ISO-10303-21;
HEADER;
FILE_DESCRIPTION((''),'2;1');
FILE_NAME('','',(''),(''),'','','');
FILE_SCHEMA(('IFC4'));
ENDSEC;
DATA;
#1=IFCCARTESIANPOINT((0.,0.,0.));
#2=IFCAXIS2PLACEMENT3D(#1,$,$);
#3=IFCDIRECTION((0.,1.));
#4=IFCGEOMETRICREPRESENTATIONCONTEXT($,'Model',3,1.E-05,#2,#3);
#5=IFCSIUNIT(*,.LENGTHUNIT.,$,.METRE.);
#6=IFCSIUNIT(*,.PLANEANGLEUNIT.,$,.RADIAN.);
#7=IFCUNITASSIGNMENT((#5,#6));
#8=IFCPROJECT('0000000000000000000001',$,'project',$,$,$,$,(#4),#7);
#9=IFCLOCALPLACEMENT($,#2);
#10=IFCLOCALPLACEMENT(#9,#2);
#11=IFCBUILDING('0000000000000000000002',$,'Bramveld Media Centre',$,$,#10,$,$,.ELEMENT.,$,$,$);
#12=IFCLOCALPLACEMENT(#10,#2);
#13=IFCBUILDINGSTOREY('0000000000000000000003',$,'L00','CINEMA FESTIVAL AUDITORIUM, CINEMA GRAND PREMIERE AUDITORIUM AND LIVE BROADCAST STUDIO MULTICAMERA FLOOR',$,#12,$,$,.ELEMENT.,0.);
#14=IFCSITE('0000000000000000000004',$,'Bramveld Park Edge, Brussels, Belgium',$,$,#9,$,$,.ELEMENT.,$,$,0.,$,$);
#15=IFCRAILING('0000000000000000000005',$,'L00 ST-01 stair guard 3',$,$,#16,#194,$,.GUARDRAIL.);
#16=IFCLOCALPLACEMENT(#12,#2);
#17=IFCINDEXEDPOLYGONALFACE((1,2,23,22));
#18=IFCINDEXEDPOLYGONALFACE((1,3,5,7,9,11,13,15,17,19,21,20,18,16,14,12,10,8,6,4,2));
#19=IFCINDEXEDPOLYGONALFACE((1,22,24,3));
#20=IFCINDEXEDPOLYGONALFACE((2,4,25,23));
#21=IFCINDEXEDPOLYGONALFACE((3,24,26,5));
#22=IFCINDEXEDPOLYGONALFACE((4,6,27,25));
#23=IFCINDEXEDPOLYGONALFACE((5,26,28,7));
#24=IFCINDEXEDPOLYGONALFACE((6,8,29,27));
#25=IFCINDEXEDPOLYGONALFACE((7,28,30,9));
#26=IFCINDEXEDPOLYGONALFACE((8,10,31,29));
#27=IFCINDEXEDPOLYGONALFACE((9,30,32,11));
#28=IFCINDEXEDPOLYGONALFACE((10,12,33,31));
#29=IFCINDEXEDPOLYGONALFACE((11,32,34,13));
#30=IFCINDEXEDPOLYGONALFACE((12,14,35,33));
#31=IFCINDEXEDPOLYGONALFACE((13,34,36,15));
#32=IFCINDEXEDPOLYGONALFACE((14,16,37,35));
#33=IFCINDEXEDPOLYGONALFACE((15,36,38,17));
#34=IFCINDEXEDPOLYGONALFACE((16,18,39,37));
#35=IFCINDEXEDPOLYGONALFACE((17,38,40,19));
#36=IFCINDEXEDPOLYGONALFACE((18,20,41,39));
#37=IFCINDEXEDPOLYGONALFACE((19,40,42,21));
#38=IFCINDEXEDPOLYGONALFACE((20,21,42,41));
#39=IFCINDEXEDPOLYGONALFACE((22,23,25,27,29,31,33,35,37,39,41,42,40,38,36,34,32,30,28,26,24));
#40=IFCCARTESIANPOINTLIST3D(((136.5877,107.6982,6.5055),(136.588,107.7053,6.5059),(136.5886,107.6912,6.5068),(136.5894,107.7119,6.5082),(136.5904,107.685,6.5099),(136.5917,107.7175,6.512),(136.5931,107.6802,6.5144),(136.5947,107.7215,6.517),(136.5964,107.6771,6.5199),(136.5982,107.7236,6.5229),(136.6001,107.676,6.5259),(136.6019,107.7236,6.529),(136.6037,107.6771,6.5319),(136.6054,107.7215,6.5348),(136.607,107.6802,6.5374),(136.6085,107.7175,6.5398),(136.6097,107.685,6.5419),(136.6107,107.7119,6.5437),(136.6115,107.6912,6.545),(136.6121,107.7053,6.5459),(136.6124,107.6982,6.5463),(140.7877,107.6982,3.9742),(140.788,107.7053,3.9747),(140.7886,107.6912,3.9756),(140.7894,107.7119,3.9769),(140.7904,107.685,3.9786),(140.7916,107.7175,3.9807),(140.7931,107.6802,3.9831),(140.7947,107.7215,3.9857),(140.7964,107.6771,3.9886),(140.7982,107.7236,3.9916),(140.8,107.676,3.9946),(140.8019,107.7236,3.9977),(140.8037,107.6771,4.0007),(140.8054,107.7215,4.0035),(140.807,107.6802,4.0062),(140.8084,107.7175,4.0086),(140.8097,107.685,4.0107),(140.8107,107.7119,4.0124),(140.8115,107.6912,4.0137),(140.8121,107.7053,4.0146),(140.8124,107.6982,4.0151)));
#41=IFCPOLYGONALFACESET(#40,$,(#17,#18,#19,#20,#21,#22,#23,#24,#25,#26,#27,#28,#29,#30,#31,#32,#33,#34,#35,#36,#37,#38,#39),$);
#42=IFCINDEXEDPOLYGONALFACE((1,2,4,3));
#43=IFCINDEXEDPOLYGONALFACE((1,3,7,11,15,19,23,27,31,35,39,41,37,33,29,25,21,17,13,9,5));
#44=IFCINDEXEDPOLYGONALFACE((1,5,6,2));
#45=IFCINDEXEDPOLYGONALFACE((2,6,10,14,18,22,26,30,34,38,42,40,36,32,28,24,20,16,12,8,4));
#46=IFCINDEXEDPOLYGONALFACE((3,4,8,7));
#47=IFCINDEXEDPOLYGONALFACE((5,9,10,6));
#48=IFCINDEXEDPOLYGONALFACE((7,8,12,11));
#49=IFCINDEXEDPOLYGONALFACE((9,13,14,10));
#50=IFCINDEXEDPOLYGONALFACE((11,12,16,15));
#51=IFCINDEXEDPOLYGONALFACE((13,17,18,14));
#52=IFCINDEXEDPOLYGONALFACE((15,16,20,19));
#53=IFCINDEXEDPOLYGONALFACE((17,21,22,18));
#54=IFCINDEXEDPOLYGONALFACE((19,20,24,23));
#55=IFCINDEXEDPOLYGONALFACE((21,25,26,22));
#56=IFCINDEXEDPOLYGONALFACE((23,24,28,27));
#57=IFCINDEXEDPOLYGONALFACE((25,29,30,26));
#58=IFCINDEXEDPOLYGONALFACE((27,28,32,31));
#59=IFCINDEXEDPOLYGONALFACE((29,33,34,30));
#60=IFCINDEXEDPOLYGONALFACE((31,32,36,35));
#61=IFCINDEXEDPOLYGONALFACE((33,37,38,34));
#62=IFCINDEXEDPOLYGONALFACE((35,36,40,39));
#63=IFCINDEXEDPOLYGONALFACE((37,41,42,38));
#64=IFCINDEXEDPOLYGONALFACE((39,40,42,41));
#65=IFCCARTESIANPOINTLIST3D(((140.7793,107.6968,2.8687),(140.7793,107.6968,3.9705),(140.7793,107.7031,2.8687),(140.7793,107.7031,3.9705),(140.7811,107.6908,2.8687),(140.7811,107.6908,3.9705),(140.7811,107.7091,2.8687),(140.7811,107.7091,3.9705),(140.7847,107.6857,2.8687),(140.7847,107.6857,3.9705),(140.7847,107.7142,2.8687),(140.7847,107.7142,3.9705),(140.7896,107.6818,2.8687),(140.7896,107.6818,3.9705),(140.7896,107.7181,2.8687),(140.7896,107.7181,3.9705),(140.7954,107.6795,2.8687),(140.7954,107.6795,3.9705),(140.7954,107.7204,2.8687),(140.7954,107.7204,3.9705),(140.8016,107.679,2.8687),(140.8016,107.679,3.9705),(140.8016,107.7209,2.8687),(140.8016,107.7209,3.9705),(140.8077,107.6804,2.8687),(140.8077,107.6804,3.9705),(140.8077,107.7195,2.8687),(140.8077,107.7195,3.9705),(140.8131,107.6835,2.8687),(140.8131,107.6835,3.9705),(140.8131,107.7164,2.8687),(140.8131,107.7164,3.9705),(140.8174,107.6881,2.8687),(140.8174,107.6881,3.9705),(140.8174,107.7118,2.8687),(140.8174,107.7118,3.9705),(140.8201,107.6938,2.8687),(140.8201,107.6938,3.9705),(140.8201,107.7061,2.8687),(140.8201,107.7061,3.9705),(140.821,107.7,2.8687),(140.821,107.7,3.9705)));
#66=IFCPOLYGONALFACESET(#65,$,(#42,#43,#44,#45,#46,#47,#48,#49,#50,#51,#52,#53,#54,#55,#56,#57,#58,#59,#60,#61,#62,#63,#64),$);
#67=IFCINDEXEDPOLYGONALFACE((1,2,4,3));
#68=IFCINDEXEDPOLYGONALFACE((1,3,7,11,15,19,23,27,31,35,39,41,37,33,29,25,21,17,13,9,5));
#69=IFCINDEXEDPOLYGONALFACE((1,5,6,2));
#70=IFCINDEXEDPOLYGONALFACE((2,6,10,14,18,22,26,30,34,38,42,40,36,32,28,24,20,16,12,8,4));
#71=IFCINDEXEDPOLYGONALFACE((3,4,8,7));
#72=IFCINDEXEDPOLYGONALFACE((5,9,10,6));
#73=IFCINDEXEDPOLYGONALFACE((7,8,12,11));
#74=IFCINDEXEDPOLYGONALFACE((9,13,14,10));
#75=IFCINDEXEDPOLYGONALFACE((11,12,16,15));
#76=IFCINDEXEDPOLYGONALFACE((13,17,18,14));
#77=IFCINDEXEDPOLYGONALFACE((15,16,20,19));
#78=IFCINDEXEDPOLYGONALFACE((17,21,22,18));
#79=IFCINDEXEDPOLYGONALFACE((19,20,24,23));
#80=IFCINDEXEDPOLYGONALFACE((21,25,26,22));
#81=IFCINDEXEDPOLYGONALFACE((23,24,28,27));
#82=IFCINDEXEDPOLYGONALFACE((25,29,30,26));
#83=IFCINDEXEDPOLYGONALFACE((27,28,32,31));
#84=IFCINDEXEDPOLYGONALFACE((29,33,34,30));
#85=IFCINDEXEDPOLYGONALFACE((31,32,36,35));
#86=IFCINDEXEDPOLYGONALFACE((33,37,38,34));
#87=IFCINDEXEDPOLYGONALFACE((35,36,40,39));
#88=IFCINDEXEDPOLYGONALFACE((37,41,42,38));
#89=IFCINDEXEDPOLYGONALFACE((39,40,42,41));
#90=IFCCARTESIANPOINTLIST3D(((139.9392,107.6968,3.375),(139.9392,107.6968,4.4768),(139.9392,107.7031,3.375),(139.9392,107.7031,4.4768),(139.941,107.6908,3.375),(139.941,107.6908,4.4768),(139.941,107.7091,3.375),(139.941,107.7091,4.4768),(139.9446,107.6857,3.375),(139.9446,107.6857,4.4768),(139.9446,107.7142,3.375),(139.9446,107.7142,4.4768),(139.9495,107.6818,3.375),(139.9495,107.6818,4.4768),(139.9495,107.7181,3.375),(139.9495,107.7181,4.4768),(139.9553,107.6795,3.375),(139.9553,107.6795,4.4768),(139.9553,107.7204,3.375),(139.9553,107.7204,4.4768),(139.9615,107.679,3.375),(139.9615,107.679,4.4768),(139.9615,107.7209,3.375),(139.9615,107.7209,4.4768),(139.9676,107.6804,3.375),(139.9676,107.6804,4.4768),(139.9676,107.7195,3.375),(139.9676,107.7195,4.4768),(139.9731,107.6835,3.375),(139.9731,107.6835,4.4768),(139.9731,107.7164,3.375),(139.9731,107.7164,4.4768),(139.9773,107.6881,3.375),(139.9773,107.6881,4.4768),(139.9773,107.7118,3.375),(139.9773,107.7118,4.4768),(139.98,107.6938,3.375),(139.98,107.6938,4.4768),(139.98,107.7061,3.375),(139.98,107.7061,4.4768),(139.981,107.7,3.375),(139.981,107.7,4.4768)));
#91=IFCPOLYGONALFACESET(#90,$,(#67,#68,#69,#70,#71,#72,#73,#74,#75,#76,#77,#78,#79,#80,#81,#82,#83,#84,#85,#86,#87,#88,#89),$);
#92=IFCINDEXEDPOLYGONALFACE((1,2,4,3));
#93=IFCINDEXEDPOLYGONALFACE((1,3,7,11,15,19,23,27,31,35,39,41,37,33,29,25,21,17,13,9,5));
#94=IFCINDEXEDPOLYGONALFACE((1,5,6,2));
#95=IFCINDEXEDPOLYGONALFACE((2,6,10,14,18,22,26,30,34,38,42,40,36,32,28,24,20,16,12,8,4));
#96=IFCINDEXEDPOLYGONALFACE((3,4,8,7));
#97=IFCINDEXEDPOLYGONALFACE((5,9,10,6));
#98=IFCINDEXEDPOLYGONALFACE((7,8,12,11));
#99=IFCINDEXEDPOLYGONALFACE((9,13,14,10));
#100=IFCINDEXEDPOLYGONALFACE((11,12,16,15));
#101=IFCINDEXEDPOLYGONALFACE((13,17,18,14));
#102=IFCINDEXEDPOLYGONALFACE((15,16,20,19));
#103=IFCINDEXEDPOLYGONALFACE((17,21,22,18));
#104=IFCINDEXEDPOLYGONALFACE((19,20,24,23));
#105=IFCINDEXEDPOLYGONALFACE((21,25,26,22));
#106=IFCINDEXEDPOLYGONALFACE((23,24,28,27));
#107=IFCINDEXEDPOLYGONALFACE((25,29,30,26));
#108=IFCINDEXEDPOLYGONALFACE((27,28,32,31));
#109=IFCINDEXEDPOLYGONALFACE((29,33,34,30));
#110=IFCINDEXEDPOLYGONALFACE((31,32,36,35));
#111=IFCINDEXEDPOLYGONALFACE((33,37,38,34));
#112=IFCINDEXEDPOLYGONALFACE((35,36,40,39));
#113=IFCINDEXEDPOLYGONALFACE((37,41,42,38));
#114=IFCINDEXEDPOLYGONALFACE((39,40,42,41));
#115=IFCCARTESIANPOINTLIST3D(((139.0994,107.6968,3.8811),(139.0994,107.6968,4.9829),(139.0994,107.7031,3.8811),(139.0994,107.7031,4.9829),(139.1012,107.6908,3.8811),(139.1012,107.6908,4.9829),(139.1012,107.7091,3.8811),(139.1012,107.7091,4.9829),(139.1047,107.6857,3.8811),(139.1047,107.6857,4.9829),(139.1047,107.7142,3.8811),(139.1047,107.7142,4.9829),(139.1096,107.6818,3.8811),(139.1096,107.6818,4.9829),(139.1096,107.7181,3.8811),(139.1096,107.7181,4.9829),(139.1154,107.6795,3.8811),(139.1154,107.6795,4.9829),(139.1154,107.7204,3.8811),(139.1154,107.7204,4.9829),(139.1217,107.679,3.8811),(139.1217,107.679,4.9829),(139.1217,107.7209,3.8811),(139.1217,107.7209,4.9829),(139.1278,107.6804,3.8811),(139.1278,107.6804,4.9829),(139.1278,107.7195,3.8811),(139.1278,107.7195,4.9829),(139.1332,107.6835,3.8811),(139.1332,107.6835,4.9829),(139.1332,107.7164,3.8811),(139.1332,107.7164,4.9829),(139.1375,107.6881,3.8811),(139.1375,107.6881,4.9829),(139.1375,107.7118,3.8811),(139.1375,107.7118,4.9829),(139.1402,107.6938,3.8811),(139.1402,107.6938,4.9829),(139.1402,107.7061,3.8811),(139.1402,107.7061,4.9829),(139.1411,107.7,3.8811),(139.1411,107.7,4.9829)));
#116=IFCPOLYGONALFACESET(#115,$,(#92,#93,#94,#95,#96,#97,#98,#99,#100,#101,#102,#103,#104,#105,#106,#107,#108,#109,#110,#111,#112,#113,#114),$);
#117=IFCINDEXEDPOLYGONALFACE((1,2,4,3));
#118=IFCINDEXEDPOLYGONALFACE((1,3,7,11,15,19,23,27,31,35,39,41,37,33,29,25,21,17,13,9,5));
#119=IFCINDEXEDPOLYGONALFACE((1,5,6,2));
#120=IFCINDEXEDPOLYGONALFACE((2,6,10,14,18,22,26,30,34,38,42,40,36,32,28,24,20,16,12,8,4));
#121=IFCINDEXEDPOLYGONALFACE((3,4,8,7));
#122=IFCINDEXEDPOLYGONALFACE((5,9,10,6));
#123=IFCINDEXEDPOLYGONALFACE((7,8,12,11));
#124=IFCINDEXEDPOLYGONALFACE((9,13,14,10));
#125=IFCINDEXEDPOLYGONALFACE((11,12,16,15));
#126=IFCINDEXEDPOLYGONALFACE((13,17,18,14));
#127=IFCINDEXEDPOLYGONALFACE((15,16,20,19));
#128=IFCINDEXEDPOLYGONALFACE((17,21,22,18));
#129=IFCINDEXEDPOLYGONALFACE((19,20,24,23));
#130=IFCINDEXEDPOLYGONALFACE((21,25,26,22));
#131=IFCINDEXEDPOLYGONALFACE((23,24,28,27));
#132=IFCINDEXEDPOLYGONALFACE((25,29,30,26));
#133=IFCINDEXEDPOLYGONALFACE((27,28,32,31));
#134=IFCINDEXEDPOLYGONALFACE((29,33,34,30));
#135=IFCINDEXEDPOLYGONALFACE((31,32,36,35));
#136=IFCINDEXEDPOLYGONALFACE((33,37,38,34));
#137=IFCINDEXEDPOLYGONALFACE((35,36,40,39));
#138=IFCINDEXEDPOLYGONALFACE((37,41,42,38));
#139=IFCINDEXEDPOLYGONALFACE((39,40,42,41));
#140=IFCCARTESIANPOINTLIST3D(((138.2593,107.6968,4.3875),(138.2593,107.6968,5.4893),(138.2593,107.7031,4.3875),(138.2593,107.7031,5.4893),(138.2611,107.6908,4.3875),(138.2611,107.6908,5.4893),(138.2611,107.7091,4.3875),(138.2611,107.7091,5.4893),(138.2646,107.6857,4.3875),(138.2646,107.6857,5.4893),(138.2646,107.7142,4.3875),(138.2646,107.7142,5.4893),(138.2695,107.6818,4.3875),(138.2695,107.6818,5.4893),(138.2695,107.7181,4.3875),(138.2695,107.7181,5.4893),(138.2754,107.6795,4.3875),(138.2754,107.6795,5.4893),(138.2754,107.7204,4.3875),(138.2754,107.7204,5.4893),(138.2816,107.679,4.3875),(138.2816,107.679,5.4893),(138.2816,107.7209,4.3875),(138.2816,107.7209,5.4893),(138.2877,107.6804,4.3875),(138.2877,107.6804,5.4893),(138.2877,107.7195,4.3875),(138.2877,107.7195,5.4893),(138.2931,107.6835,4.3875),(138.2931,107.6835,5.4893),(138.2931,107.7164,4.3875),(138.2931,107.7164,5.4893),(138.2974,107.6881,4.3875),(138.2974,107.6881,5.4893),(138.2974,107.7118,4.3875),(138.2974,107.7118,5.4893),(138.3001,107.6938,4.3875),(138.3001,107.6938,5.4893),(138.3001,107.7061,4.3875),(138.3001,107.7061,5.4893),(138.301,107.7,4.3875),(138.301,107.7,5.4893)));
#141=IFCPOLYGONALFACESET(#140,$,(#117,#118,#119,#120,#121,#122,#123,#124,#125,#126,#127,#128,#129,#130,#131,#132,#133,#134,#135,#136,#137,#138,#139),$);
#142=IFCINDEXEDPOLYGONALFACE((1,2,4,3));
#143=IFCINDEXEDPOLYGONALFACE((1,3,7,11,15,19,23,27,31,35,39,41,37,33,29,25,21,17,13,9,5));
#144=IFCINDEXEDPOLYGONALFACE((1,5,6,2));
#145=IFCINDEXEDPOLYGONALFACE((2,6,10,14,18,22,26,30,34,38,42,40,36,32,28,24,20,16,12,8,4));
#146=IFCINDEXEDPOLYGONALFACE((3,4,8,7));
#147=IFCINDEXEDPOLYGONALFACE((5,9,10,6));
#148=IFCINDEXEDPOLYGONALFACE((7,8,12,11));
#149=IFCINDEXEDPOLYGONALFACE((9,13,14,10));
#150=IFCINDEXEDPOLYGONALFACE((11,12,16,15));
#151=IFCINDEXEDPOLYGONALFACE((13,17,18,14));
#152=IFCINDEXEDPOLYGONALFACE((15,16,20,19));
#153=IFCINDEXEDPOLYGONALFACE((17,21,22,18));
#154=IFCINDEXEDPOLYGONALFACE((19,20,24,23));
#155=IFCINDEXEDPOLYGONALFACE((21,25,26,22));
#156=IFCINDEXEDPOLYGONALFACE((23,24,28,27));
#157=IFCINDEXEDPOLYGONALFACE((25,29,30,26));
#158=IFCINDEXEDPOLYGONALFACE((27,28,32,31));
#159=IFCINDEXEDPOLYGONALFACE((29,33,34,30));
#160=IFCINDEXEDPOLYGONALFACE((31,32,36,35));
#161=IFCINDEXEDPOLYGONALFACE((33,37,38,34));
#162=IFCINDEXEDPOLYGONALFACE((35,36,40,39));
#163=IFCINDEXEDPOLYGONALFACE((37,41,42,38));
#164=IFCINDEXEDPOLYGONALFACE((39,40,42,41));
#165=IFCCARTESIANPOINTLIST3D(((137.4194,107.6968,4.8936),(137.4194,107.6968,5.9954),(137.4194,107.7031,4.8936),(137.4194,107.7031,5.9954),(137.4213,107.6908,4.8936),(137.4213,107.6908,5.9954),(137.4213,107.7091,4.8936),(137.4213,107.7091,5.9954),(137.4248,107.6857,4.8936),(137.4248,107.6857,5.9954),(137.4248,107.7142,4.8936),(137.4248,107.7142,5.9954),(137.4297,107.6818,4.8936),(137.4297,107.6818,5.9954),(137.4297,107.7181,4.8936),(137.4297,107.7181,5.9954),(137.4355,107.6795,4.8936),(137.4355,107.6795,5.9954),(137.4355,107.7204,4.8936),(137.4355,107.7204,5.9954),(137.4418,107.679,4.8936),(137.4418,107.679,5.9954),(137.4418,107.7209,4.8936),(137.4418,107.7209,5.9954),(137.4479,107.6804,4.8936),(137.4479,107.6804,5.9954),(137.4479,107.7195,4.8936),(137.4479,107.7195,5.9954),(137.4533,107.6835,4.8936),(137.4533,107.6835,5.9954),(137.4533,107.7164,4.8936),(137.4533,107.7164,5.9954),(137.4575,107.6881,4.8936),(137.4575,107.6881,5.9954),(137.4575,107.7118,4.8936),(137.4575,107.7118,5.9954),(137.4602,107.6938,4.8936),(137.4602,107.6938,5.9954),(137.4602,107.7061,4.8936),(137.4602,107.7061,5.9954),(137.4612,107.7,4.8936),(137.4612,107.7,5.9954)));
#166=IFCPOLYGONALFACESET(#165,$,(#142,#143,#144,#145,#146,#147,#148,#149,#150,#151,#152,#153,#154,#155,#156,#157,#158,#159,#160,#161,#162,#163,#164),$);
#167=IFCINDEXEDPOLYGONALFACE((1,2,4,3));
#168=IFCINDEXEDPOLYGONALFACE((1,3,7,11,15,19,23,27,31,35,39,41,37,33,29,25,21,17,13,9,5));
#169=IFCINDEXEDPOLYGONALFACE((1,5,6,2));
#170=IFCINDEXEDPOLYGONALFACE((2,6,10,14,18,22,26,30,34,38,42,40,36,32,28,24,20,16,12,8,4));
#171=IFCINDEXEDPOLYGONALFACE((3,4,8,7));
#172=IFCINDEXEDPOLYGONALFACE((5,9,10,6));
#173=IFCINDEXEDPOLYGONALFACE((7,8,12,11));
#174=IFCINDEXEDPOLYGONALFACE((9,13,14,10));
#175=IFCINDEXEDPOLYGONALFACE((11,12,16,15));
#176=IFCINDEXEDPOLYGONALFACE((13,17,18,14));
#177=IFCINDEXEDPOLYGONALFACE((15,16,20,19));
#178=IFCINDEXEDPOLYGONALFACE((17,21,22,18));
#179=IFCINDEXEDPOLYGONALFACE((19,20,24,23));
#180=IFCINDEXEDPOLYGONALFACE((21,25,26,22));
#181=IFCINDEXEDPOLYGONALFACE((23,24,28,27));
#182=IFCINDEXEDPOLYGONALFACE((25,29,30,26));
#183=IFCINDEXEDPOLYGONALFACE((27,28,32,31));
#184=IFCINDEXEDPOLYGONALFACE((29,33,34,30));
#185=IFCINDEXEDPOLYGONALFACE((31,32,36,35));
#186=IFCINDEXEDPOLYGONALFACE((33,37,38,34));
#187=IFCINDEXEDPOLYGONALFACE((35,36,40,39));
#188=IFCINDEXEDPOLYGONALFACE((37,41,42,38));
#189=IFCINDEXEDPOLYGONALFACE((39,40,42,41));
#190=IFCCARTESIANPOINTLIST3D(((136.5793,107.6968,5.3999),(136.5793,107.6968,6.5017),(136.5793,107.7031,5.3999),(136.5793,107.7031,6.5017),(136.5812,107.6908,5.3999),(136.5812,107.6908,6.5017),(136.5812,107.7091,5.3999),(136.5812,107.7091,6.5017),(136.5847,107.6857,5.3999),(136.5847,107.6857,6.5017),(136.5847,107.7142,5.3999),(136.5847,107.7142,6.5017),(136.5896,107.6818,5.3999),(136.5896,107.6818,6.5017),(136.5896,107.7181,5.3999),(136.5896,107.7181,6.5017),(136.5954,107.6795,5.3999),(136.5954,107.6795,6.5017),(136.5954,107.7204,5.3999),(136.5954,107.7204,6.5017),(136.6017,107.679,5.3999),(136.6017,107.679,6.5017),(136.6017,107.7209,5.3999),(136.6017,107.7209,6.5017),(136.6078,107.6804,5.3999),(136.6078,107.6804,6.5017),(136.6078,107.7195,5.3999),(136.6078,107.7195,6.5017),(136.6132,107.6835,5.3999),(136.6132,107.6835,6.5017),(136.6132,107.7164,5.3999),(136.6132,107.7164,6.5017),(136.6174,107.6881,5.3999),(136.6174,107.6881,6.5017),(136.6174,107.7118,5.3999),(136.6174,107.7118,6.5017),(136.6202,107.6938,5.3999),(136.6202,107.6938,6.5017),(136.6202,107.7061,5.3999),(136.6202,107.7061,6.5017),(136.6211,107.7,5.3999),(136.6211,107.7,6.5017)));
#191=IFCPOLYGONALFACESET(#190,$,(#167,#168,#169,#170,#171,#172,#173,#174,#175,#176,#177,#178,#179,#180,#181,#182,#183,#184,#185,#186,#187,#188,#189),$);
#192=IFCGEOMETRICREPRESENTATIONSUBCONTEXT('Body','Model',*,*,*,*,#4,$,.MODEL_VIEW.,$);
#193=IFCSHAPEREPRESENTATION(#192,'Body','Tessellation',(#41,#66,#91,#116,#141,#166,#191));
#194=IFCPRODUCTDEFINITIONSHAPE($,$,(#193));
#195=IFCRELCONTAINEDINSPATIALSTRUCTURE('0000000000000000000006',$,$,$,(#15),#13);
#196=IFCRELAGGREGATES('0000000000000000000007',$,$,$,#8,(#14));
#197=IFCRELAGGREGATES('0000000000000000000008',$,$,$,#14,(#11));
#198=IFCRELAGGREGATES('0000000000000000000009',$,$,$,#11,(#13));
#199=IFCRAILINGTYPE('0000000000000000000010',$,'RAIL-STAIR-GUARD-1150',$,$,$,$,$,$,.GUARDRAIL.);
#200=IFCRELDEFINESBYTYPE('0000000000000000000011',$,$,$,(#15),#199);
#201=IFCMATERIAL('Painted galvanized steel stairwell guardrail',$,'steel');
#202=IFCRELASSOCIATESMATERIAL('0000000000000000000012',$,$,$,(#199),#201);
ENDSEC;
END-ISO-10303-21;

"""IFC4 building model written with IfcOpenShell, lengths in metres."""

from ifc_helpers import new_model, si_unit, direction, frame, origin, origin_2d, place, context, subcontext, project, spatial, circle, extrude, material, type_object, element, save


model = new_model("IFC4")

# Units and contexts
model_context = context("Model", 3, precision=1e-05, world=origin(), true_north=direction((0.0, 1.0)))
body_context = subcontext(model_context, "Body", "Model", "MODEL_VIEW")
ifc_project = project(units=[si_unit("LENGTHUNIT", "METRE"), si_unit("PLANEANGLEUNIT", "RADIAN")], contexts=[model_context])

# Site, building, storey
site_placement = place(None, origin())
site = spatial("IfcSite", under=ifc_project, at=site_placement, Name="Bramveld Park Edge, Brussels, Belgium", CompositionType="ELEMENT", RefElevation=0.0)
building_placement = place(site_placement, origin())
building = spatial("IfcBuilding", under=site, at=building_placement, Name="Bramveld Media Centre", CompositionType="ELEMENT")
storey_placement = place(building_placement, origin())
storey = spatial("IfcBuildingStorey", under=building, at=storey_placement, Name="L00", Description="CINEMA FESTIVAL AUDITORIUM, CINEMA GRAND PREMIERE AUDITORIUM AND LIVE BROADCAST STUDIO MULTICAMERA FLOOR", CompositionType="ELEMENT", Elevation=0.0)

# Railing
ifc_material_1 = material(Name="Painted galvanized steel stairwell guardrail", Category="steel")
railing_type_1 = type_object("IfcRailingType", Name="RAIL-STAIR-GUARD-1150", PredefinedType="GUARDRAIL", material=ifc_material_1)
railing_1_placement = place(storey_placement, frame((140.8, 107.7, 2.8687)))
element("IfcRailing", 1, at=railing_1_placement, inside=storey, type_object=railing_type_1, Name="L00 ST-01 stair guard 3", PredefinedType="GUARDRAIL", context=body_context, shape_type="SweptSolid", body=[
    extrude(circle(Radius=0.0239, at=origin_2d()), frame((0.0, 0.0, 1.126), z_axis=(-0.856476, 0.0, 0.516186), x_axis=(0.0, -1.0, 0.0)), (0.0, 0.0, 1.0), 4.9038),
    extrude(circle(Radius=0.021, at=origin_2d()), origin(), (0.0, 0.0, 1.0), 1.1018),
    extrude(circle(Radius=0.021, at=origin_2d()), frame((-0.8401, 0.0, 0.5063)), (0.0, 0.0, 1.0), 1.1018),
    extrude(circle(Radius=0.021, at=origin_2d()), frame((-1.6799, 0.0, 1.0125)), (0.0, 0.0, 1.0), 1.1018),
    extrude(circle(Radius=0.021, at=origin_2d()), frame((-2.52, 0.0, 1.5188)), (0.0, 0.0, 1.0), 1.1018),
    extrude(circle(Radius=0.021, at=origin_2d()), frame((-3.3599, 0.0, 2.0249)), (0.0, 0.0, 1.0), 1.1018),
    extrude(circle(Radius=0.021, at=origin_2d()), frame((-4.2, 0.0, 2.5312)), (0.0, 0.0, 1.0), 1.1018),
])

save(model, "model.ifc")
